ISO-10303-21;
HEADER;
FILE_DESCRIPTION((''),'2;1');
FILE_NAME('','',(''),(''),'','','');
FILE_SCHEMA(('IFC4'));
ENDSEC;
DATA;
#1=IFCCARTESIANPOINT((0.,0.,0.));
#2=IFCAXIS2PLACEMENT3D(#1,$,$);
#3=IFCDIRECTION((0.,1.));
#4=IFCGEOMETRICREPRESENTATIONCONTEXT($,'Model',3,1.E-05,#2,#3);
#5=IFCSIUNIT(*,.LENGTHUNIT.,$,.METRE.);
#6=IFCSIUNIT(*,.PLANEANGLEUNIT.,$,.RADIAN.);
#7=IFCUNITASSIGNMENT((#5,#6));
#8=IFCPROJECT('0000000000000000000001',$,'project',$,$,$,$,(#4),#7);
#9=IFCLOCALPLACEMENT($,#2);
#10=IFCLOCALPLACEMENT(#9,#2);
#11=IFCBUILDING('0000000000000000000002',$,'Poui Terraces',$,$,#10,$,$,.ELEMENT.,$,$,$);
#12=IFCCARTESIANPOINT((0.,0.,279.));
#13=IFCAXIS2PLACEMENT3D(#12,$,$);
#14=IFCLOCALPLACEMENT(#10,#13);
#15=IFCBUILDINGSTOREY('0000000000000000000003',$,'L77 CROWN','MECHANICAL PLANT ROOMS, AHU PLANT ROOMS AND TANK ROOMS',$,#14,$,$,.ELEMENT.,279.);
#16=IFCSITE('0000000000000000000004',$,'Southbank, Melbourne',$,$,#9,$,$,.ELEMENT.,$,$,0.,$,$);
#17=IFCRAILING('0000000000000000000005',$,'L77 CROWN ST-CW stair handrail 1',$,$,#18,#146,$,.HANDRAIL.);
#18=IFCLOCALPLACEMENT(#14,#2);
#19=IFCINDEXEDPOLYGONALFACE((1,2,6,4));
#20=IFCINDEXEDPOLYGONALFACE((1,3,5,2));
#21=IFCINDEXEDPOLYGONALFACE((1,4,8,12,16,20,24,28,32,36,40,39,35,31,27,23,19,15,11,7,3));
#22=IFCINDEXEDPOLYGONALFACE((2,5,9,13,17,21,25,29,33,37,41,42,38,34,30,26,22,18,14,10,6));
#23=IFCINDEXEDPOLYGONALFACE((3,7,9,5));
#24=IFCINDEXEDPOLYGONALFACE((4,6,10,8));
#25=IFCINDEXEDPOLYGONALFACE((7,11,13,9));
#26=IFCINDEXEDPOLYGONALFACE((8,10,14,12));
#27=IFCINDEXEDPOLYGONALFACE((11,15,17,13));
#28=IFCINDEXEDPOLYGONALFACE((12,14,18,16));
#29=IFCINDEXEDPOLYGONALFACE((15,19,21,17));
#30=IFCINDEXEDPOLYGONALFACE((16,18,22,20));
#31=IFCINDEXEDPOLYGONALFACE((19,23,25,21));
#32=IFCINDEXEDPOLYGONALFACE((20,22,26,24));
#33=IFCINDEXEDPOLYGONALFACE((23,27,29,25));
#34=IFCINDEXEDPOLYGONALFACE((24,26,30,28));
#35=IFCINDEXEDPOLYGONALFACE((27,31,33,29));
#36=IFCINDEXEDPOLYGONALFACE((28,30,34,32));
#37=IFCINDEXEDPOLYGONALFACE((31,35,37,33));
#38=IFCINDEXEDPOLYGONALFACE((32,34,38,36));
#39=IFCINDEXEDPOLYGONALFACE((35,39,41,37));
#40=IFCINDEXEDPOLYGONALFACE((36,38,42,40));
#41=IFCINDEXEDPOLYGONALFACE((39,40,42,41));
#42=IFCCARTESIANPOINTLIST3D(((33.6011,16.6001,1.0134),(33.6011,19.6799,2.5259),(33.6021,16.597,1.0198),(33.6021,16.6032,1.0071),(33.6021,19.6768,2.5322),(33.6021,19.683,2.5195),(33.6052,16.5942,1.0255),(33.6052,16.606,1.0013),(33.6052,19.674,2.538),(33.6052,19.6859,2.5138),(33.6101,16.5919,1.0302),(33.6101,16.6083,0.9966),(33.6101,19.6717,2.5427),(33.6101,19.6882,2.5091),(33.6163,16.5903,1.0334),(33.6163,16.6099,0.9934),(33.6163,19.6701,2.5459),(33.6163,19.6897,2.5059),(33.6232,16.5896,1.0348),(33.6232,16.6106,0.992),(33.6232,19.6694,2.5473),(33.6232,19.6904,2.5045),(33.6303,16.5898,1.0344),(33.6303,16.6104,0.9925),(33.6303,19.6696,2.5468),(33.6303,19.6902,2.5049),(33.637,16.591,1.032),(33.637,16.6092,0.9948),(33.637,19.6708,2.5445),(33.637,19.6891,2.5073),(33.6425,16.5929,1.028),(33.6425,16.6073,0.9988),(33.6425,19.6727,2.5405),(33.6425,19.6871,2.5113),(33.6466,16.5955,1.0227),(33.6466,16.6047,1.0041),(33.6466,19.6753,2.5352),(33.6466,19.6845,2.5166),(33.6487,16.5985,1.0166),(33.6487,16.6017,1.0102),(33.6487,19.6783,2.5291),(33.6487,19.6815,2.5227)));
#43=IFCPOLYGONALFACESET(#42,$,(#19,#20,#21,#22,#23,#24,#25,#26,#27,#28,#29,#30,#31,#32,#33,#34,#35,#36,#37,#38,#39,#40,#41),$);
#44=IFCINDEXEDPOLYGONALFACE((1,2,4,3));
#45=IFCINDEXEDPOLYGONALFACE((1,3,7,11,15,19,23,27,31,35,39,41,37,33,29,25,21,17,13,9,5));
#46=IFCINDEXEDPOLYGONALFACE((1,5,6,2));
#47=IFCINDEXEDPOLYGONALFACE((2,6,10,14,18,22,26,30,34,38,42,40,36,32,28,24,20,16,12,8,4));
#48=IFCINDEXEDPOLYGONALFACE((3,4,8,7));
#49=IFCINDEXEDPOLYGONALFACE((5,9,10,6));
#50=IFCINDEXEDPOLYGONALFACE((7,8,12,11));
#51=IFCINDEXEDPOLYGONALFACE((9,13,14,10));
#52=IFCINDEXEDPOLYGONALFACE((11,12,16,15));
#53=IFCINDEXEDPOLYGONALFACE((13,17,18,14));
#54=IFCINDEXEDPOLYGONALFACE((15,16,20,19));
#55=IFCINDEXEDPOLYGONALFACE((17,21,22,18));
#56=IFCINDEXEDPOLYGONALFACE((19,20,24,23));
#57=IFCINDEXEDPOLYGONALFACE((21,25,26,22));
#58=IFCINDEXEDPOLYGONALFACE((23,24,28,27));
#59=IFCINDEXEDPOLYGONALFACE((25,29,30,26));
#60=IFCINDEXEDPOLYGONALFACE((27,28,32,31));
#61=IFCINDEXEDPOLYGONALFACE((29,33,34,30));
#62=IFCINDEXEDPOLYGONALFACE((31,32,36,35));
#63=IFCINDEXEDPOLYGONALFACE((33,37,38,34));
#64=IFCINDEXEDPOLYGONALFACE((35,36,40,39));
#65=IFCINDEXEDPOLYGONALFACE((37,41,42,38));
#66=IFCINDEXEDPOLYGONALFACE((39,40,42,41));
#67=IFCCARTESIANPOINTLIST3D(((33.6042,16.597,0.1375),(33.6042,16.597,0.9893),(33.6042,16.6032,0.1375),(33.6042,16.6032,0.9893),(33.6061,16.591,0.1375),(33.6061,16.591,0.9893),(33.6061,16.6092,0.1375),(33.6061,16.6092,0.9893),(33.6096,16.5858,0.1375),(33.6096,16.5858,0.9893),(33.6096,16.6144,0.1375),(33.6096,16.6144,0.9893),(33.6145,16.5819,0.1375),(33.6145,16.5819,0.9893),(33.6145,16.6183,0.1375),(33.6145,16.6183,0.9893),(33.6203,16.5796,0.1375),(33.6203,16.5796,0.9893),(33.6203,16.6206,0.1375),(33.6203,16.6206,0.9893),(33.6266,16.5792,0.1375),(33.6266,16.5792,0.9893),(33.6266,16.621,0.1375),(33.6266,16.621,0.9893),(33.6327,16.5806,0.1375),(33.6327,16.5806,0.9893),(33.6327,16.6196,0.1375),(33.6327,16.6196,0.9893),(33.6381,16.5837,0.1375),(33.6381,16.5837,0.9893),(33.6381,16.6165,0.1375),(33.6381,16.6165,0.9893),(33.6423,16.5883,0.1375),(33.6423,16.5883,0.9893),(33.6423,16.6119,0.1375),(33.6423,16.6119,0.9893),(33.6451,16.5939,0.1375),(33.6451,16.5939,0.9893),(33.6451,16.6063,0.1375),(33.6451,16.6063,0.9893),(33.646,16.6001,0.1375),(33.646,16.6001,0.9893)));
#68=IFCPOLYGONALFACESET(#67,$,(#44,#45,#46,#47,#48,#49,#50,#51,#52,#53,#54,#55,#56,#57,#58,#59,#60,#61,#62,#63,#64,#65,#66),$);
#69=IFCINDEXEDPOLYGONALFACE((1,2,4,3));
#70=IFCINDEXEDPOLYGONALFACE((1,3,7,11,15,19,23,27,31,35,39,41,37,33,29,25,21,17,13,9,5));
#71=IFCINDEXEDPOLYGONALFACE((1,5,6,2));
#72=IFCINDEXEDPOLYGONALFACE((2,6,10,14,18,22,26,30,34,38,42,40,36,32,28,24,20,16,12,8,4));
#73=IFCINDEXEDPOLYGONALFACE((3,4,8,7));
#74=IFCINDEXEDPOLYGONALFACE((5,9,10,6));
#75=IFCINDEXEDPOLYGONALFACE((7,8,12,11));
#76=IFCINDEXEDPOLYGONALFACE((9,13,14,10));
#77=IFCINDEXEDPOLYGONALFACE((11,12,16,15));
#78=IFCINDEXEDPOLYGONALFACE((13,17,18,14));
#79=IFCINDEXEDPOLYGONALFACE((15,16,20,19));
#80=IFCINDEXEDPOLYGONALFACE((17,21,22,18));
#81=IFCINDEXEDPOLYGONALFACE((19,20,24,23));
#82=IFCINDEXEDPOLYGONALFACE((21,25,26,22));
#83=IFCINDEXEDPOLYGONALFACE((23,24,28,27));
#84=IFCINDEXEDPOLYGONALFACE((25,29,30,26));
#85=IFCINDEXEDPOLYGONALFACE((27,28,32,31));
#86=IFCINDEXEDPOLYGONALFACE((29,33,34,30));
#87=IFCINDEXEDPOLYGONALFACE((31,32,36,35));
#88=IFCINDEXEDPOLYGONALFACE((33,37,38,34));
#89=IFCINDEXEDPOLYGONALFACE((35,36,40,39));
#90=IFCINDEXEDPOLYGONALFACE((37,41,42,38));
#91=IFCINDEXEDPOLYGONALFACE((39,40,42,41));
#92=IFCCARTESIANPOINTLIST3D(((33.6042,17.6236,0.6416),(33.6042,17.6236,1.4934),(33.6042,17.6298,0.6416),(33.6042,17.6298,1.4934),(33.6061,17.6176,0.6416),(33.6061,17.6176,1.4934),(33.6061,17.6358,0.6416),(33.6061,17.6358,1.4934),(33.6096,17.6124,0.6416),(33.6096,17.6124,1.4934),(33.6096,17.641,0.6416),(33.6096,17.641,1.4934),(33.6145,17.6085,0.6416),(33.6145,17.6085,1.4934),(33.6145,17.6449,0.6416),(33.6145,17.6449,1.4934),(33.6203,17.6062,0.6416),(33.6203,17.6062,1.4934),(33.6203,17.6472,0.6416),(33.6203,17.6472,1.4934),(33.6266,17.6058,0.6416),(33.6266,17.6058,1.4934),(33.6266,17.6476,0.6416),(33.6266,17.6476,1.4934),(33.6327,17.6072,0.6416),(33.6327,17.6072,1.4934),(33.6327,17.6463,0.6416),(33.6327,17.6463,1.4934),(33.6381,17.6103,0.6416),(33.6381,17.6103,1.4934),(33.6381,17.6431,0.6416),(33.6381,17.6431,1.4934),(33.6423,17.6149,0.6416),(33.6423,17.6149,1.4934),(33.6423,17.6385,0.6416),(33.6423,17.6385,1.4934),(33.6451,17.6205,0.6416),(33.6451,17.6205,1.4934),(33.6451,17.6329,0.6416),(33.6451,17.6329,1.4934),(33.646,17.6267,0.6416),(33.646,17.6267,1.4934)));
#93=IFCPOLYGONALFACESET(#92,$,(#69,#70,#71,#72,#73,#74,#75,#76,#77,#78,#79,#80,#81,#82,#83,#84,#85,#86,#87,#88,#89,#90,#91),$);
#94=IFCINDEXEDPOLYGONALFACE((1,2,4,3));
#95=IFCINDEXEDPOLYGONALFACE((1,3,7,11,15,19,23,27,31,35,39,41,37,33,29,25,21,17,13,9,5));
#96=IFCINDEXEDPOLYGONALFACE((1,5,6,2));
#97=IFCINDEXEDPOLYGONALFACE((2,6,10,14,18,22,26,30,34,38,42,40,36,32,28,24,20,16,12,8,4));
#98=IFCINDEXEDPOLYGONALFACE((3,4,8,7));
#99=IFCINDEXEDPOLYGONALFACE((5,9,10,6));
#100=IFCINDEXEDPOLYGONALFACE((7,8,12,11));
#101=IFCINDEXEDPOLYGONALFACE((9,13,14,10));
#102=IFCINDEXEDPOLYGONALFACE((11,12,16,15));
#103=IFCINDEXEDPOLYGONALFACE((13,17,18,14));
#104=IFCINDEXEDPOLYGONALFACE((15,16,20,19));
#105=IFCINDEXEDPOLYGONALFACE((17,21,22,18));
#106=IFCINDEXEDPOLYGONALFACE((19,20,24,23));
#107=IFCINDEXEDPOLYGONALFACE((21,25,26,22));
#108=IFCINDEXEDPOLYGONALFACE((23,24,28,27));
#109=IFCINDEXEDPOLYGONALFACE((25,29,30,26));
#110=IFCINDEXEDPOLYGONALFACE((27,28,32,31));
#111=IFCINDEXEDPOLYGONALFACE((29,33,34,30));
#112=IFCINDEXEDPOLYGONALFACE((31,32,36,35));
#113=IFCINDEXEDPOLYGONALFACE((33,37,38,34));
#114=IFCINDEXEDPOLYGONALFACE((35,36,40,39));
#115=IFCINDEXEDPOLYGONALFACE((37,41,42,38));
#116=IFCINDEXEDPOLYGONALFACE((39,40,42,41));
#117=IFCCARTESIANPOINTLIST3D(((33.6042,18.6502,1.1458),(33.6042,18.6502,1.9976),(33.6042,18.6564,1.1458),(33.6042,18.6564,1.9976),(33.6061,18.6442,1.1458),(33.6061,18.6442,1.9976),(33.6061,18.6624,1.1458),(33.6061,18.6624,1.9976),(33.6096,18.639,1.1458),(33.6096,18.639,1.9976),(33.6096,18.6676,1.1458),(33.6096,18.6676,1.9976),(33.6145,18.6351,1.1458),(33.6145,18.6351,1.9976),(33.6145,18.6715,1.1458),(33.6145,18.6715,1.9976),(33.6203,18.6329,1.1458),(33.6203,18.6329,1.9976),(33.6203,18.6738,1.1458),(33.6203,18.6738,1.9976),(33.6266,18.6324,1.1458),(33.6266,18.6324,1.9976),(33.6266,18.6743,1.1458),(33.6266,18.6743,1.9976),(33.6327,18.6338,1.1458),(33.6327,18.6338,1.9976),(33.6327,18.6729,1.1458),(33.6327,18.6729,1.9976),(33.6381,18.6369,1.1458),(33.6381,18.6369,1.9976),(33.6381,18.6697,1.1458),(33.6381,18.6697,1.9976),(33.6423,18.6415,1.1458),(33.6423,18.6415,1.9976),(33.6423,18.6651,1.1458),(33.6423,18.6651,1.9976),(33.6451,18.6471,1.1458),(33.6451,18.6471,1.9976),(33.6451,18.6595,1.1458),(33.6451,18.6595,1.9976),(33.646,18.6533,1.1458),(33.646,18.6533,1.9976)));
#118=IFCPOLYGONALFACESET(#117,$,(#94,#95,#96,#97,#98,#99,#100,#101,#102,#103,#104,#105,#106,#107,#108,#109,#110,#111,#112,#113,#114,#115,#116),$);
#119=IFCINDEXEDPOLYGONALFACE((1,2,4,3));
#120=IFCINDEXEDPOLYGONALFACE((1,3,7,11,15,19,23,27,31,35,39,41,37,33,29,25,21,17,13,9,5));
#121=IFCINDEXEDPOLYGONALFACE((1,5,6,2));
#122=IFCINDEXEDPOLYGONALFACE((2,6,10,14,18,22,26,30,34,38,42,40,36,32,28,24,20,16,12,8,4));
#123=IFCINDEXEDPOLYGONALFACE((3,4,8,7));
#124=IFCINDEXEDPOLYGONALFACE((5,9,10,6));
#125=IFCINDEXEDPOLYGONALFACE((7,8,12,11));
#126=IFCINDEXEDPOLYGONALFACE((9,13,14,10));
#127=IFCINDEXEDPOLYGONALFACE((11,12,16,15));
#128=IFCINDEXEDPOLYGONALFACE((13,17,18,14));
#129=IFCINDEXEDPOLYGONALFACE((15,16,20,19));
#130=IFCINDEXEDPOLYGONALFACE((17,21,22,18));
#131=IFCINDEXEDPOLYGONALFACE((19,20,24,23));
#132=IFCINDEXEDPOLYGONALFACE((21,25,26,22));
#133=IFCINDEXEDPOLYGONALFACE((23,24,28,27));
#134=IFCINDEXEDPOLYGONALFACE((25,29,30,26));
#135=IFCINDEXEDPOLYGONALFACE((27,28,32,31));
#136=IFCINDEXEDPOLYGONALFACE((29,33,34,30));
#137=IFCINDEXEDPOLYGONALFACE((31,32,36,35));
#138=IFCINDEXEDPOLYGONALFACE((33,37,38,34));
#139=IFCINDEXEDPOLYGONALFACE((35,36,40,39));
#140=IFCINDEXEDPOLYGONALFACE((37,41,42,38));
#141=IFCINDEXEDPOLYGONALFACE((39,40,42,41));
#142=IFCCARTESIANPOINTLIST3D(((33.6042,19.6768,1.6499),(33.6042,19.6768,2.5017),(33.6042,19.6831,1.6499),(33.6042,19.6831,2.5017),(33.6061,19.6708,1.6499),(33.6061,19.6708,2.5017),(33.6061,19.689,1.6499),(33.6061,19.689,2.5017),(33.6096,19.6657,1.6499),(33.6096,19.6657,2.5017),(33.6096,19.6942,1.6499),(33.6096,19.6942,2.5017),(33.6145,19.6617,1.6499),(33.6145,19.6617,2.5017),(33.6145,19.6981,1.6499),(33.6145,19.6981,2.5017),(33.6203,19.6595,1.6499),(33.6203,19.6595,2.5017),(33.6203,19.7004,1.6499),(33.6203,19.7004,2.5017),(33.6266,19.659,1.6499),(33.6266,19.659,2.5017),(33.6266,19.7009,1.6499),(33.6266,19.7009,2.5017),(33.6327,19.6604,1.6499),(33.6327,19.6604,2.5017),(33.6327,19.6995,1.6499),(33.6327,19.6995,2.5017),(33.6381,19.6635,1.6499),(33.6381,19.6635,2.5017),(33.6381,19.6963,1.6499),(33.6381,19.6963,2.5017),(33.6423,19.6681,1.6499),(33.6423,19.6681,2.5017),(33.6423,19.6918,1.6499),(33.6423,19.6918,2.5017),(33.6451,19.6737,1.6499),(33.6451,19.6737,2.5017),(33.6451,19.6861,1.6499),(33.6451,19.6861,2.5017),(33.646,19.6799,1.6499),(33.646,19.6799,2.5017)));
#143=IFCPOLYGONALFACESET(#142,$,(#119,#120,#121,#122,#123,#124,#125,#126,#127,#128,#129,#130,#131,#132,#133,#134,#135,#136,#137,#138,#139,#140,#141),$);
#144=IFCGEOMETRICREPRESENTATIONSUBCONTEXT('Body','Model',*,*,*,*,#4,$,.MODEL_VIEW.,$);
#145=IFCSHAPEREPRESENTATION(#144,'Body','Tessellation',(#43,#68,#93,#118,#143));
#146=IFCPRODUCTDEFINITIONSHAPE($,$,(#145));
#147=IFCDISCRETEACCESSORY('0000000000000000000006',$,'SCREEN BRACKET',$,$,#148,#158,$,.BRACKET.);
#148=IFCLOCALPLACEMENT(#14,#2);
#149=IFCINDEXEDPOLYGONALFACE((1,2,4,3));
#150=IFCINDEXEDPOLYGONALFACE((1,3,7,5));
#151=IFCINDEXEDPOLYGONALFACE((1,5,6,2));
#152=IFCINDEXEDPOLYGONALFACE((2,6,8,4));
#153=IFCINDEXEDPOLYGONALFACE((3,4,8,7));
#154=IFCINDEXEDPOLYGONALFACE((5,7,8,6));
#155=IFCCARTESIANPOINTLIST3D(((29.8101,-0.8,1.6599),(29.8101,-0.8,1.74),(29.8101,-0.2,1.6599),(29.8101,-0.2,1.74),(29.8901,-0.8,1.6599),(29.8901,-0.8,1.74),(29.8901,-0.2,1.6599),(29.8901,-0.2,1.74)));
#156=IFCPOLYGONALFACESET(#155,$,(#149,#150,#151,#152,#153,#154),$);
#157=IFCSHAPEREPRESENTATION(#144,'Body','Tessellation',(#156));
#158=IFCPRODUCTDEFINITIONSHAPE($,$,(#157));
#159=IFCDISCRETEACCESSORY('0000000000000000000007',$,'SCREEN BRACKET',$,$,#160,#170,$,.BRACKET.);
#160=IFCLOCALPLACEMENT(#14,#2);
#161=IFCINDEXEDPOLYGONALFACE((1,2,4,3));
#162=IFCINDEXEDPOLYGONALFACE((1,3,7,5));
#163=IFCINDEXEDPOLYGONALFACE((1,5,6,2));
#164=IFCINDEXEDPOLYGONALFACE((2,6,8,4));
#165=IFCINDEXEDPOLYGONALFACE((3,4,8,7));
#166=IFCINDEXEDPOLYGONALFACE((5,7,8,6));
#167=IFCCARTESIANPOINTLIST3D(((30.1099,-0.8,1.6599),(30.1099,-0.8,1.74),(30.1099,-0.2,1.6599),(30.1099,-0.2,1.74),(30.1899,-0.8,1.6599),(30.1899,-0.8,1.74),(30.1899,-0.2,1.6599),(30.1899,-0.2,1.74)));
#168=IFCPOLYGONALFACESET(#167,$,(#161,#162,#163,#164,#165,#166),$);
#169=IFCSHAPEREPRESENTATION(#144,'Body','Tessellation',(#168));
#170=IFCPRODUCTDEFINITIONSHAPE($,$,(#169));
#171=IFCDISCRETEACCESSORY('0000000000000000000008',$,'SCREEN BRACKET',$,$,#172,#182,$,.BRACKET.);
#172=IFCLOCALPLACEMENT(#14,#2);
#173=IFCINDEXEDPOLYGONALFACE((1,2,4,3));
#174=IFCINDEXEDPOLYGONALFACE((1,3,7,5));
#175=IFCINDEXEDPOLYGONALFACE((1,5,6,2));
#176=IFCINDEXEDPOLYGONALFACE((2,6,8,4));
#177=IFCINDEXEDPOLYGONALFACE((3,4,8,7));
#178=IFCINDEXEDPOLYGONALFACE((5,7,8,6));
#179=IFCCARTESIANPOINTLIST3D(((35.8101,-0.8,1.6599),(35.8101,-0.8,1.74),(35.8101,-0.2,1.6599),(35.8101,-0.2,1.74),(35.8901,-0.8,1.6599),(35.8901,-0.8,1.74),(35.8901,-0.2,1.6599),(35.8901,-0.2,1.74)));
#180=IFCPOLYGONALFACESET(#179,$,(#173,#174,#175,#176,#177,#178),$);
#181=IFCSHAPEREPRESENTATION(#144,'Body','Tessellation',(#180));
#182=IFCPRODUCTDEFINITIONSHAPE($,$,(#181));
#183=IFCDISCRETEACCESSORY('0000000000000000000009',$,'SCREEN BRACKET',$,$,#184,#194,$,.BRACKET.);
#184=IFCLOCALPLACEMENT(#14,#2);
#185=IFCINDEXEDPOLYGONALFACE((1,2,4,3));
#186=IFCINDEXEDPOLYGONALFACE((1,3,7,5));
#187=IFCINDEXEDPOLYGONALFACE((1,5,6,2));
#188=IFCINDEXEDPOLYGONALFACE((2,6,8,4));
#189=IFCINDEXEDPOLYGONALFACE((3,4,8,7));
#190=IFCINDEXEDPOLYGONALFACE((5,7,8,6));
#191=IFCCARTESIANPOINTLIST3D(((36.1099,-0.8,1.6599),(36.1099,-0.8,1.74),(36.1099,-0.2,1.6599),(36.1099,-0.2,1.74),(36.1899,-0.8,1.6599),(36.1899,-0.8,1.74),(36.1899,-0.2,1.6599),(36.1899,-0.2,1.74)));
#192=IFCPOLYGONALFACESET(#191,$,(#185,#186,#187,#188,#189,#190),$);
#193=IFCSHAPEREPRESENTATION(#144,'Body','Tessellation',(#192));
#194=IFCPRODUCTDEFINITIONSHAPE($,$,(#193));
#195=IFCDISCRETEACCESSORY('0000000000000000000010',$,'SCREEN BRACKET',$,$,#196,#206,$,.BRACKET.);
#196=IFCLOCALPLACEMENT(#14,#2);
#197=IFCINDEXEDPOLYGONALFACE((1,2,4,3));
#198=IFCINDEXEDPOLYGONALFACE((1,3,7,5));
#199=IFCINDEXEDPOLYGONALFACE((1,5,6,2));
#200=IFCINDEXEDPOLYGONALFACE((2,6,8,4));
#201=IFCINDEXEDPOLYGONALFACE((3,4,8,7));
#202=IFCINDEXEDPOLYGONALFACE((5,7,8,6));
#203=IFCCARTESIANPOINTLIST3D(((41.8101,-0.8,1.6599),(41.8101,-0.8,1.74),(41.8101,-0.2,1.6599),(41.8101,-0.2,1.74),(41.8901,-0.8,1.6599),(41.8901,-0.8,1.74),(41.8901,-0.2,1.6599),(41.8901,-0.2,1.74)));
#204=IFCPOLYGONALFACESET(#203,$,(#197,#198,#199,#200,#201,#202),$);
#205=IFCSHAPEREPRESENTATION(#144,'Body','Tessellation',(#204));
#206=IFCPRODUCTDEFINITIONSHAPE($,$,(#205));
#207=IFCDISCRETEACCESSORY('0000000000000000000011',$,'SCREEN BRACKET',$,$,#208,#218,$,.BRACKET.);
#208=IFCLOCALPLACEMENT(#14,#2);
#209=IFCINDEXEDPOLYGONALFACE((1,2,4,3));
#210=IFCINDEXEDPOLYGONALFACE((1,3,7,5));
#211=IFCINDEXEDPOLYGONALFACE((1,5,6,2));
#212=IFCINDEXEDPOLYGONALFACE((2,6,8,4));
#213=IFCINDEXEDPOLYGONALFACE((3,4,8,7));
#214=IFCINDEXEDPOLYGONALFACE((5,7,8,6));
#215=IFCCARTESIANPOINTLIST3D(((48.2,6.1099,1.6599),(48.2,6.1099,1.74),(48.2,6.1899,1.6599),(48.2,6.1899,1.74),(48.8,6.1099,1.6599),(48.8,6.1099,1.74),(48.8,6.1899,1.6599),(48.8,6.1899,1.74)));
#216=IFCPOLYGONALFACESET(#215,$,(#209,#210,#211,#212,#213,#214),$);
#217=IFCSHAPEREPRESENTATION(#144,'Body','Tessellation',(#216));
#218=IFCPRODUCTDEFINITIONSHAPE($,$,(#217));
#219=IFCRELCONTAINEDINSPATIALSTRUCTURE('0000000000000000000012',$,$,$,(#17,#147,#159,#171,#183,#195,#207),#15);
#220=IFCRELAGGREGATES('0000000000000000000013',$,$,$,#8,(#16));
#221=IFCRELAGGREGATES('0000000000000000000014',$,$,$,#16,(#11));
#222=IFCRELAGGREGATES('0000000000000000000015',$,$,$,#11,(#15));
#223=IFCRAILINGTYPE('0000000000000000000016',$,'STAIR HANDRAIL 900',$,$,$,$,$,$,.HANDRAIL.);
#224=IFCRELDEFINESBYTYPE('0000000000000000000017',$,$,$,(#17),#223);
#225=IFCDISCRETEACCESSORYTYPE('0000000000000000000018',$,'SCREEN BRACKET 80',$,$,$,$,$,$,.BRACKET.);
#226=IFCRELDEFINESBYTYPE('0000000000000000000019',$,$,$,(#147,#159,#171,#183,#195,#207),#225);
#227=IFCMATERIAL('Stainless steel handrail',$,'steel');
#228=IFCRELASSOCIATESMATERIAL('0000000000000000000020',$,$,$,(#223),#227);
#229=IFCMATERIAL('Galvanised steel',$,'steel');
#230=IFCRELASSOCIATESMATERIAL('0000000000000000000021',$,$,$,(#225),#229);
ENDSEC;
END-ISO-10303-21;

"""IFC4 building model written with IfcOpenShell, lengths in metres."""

from ifc_helpers import new_model, si_unit, direction, frame, origin, origin_2d, place, context, subcontext, project, spatial, rectangle, circle, extrude, source, transform, mapped, material, material_profile, profile_set, type_object, element, save


model = new_model("IFC4")

# Units and contexts
model_context = context("Model", 3, precision=1e-05, world=origin(), true_north=direction((0.0, 1.0)))
body_context = subcontext(model_context, "Body", "Model", "MODEL_VIEW")
ifc_project = project(units=[si_unit("LENGTHUNIT", "METRE"), si_unit("PLANEANGLEUNIT", "RADIAN")], contexts=[model_context])

# Site, building, storey
site_placement = place(None, origin())
site = spatial("IfcSite", under=ifc_project, at=site_placement, Name="Southbank, Melbourne", CompositionType="ELEMENT", RefElevation=0.0)
building_placement = place(site_placement, origin())
building = spatial("IfcBuilding", under=site, at=building_placement, Name="Poui Terraces", CompositionType="ELEMENT")
storey_placement = place(building_placement, frame((0.0, 0.0, 279.0)))
storey = spatial("IfcBuildingStorey", under=building, at=storey_placement, Name="L77 CROWN", Description="MECHANICAL PLANT ROOMS, AHU PLANT ROOMS AND TANK ROOMS", CompositionType="ELEMENT", Elevation=279.0)

# Railing
ifc_material_1 = material(Name="Stainless steel handrail", Category="steel")
railing_type_1 = type_object("IfcRailingType", Name="STAIR HANDRAIL 900", PredefinedType="HANDRAIL", material=ifc_material_1)
railing_1_placement = place(storey_placement, frame((33.625, 16.6001, 0.1375)))
element("IfcRailing", 1, at=railing_1_placement, inside=storey, type_object=railing_type_1, Name="L77 CROWN ST-CW stair handrail 1", PredefinedType="HANDRAIL", context=body_context, shape_type="SweptSolid", body=[
    extrude(circle(Radius=0.0239, at=origin_2d()), frame((0.0, 0.0, 0.876), z_axis=(0.0, 0.897606, 0.440798), x_axis=(-1.0, 0.0, 0.0)), (0.0, 0.0, 1.0), 3.4312),
    extrude(circle(Radius=0.021, at=origin_2d()), origin(), (0.0, 0.0, 1.0), 0.8518),
    extrude(circle(Radius=0.021, at=origin_2d()), frame((0.0, 1.0266, 0.5042)), (0.0, 0.0, 1.0), 0.8518),
    extrude(circle(Radius=0.021, at=origin_2d()), frame((0.0, 2.0532, 1.0083)), (0.0, 0.0, 1.0), 0.8518),
    extrude(circle(Radius=0.021, at=origin_2d()), frame((0.0, 3.0798, 1.5125)), (0.0, 0.0, 1.0), 0.8518),
])

# Discrete accessories
ifc_material_2 = material(Name="Galvanised steel", Category="steel")
ifc_material_profile_1 = material_profile(ifc_material_2, rectangle(XDim=0.0801, YDim=0.0801, at=origin_2d()), Name="SCREEN BRACKET 80")
ifc_profile_set_1 = profile_set([ifc_material_profile_1], Name="Galvanised steel")
discrete_accessory_type = type_object("IfcDiscreteAccessoryType", Name="SCREEN BRACKET 80", PredefinedType="BRACKET", material=ifc_profile_set_1)
shared_shape_1 = source(origin(), body_context, "Body", "SweptSolid", [
    extrude(rectangle(XDim=0.0801, YDim=0.0801, at=origin_2d()), origin(), (0.0, 0.0, 1.0), 0.6001),
])
for number, where, z_axis, x_axis, name in (
    (2, (29.8501, -0.2, 1.7), (0.0, -1.0, 0.0), (1.0, 0.0, 0.0), "SCREEN BRACKET"),
    (3, (30.1499, -0.2, 1.7), (0.0, -1.0, 0.0), (1.0, 0.0, 0.0), "SCREEN BRACKET"),
    (4, (35.8501, -0.2, 1.7), (0.0, -1.0, 0.0), (1.0, 0.0, 0.0), "SCREEN BRACKET"),
    (5, (36.1499, -0.2, 1.7), (0.0, -1.0, 0.0), (1.0, 0.0, 0.0), "SCREEN BRACKET"),
    (6, (41.8501, -0.2, 1.7), (0.0, -1.0, 0.0), (1.0, 0.0, 0.0), "SCREEN BRACKET"),
    (7, (48.2, 6.1499, 1.7), (1.0, 0.0, 0.0), (0.0, 1.0, 0.0), "SCREEN BRACKET"),
):
    element("IfcDiscreteAccessory", number, at=place(storey_placement, frame(where, z_axis=z_axis, x_axis=x_axis)), inside=storey, type_object=discrete_accessory_type, Name=name, PredefinedType="BRACKET", context=body_context, shape_type="MappedRepresentation", body=[
        mapped(shared_shape_1, transform((0.0, 0.0, 0.0))),
    ])

save(model, "model.ifc")
